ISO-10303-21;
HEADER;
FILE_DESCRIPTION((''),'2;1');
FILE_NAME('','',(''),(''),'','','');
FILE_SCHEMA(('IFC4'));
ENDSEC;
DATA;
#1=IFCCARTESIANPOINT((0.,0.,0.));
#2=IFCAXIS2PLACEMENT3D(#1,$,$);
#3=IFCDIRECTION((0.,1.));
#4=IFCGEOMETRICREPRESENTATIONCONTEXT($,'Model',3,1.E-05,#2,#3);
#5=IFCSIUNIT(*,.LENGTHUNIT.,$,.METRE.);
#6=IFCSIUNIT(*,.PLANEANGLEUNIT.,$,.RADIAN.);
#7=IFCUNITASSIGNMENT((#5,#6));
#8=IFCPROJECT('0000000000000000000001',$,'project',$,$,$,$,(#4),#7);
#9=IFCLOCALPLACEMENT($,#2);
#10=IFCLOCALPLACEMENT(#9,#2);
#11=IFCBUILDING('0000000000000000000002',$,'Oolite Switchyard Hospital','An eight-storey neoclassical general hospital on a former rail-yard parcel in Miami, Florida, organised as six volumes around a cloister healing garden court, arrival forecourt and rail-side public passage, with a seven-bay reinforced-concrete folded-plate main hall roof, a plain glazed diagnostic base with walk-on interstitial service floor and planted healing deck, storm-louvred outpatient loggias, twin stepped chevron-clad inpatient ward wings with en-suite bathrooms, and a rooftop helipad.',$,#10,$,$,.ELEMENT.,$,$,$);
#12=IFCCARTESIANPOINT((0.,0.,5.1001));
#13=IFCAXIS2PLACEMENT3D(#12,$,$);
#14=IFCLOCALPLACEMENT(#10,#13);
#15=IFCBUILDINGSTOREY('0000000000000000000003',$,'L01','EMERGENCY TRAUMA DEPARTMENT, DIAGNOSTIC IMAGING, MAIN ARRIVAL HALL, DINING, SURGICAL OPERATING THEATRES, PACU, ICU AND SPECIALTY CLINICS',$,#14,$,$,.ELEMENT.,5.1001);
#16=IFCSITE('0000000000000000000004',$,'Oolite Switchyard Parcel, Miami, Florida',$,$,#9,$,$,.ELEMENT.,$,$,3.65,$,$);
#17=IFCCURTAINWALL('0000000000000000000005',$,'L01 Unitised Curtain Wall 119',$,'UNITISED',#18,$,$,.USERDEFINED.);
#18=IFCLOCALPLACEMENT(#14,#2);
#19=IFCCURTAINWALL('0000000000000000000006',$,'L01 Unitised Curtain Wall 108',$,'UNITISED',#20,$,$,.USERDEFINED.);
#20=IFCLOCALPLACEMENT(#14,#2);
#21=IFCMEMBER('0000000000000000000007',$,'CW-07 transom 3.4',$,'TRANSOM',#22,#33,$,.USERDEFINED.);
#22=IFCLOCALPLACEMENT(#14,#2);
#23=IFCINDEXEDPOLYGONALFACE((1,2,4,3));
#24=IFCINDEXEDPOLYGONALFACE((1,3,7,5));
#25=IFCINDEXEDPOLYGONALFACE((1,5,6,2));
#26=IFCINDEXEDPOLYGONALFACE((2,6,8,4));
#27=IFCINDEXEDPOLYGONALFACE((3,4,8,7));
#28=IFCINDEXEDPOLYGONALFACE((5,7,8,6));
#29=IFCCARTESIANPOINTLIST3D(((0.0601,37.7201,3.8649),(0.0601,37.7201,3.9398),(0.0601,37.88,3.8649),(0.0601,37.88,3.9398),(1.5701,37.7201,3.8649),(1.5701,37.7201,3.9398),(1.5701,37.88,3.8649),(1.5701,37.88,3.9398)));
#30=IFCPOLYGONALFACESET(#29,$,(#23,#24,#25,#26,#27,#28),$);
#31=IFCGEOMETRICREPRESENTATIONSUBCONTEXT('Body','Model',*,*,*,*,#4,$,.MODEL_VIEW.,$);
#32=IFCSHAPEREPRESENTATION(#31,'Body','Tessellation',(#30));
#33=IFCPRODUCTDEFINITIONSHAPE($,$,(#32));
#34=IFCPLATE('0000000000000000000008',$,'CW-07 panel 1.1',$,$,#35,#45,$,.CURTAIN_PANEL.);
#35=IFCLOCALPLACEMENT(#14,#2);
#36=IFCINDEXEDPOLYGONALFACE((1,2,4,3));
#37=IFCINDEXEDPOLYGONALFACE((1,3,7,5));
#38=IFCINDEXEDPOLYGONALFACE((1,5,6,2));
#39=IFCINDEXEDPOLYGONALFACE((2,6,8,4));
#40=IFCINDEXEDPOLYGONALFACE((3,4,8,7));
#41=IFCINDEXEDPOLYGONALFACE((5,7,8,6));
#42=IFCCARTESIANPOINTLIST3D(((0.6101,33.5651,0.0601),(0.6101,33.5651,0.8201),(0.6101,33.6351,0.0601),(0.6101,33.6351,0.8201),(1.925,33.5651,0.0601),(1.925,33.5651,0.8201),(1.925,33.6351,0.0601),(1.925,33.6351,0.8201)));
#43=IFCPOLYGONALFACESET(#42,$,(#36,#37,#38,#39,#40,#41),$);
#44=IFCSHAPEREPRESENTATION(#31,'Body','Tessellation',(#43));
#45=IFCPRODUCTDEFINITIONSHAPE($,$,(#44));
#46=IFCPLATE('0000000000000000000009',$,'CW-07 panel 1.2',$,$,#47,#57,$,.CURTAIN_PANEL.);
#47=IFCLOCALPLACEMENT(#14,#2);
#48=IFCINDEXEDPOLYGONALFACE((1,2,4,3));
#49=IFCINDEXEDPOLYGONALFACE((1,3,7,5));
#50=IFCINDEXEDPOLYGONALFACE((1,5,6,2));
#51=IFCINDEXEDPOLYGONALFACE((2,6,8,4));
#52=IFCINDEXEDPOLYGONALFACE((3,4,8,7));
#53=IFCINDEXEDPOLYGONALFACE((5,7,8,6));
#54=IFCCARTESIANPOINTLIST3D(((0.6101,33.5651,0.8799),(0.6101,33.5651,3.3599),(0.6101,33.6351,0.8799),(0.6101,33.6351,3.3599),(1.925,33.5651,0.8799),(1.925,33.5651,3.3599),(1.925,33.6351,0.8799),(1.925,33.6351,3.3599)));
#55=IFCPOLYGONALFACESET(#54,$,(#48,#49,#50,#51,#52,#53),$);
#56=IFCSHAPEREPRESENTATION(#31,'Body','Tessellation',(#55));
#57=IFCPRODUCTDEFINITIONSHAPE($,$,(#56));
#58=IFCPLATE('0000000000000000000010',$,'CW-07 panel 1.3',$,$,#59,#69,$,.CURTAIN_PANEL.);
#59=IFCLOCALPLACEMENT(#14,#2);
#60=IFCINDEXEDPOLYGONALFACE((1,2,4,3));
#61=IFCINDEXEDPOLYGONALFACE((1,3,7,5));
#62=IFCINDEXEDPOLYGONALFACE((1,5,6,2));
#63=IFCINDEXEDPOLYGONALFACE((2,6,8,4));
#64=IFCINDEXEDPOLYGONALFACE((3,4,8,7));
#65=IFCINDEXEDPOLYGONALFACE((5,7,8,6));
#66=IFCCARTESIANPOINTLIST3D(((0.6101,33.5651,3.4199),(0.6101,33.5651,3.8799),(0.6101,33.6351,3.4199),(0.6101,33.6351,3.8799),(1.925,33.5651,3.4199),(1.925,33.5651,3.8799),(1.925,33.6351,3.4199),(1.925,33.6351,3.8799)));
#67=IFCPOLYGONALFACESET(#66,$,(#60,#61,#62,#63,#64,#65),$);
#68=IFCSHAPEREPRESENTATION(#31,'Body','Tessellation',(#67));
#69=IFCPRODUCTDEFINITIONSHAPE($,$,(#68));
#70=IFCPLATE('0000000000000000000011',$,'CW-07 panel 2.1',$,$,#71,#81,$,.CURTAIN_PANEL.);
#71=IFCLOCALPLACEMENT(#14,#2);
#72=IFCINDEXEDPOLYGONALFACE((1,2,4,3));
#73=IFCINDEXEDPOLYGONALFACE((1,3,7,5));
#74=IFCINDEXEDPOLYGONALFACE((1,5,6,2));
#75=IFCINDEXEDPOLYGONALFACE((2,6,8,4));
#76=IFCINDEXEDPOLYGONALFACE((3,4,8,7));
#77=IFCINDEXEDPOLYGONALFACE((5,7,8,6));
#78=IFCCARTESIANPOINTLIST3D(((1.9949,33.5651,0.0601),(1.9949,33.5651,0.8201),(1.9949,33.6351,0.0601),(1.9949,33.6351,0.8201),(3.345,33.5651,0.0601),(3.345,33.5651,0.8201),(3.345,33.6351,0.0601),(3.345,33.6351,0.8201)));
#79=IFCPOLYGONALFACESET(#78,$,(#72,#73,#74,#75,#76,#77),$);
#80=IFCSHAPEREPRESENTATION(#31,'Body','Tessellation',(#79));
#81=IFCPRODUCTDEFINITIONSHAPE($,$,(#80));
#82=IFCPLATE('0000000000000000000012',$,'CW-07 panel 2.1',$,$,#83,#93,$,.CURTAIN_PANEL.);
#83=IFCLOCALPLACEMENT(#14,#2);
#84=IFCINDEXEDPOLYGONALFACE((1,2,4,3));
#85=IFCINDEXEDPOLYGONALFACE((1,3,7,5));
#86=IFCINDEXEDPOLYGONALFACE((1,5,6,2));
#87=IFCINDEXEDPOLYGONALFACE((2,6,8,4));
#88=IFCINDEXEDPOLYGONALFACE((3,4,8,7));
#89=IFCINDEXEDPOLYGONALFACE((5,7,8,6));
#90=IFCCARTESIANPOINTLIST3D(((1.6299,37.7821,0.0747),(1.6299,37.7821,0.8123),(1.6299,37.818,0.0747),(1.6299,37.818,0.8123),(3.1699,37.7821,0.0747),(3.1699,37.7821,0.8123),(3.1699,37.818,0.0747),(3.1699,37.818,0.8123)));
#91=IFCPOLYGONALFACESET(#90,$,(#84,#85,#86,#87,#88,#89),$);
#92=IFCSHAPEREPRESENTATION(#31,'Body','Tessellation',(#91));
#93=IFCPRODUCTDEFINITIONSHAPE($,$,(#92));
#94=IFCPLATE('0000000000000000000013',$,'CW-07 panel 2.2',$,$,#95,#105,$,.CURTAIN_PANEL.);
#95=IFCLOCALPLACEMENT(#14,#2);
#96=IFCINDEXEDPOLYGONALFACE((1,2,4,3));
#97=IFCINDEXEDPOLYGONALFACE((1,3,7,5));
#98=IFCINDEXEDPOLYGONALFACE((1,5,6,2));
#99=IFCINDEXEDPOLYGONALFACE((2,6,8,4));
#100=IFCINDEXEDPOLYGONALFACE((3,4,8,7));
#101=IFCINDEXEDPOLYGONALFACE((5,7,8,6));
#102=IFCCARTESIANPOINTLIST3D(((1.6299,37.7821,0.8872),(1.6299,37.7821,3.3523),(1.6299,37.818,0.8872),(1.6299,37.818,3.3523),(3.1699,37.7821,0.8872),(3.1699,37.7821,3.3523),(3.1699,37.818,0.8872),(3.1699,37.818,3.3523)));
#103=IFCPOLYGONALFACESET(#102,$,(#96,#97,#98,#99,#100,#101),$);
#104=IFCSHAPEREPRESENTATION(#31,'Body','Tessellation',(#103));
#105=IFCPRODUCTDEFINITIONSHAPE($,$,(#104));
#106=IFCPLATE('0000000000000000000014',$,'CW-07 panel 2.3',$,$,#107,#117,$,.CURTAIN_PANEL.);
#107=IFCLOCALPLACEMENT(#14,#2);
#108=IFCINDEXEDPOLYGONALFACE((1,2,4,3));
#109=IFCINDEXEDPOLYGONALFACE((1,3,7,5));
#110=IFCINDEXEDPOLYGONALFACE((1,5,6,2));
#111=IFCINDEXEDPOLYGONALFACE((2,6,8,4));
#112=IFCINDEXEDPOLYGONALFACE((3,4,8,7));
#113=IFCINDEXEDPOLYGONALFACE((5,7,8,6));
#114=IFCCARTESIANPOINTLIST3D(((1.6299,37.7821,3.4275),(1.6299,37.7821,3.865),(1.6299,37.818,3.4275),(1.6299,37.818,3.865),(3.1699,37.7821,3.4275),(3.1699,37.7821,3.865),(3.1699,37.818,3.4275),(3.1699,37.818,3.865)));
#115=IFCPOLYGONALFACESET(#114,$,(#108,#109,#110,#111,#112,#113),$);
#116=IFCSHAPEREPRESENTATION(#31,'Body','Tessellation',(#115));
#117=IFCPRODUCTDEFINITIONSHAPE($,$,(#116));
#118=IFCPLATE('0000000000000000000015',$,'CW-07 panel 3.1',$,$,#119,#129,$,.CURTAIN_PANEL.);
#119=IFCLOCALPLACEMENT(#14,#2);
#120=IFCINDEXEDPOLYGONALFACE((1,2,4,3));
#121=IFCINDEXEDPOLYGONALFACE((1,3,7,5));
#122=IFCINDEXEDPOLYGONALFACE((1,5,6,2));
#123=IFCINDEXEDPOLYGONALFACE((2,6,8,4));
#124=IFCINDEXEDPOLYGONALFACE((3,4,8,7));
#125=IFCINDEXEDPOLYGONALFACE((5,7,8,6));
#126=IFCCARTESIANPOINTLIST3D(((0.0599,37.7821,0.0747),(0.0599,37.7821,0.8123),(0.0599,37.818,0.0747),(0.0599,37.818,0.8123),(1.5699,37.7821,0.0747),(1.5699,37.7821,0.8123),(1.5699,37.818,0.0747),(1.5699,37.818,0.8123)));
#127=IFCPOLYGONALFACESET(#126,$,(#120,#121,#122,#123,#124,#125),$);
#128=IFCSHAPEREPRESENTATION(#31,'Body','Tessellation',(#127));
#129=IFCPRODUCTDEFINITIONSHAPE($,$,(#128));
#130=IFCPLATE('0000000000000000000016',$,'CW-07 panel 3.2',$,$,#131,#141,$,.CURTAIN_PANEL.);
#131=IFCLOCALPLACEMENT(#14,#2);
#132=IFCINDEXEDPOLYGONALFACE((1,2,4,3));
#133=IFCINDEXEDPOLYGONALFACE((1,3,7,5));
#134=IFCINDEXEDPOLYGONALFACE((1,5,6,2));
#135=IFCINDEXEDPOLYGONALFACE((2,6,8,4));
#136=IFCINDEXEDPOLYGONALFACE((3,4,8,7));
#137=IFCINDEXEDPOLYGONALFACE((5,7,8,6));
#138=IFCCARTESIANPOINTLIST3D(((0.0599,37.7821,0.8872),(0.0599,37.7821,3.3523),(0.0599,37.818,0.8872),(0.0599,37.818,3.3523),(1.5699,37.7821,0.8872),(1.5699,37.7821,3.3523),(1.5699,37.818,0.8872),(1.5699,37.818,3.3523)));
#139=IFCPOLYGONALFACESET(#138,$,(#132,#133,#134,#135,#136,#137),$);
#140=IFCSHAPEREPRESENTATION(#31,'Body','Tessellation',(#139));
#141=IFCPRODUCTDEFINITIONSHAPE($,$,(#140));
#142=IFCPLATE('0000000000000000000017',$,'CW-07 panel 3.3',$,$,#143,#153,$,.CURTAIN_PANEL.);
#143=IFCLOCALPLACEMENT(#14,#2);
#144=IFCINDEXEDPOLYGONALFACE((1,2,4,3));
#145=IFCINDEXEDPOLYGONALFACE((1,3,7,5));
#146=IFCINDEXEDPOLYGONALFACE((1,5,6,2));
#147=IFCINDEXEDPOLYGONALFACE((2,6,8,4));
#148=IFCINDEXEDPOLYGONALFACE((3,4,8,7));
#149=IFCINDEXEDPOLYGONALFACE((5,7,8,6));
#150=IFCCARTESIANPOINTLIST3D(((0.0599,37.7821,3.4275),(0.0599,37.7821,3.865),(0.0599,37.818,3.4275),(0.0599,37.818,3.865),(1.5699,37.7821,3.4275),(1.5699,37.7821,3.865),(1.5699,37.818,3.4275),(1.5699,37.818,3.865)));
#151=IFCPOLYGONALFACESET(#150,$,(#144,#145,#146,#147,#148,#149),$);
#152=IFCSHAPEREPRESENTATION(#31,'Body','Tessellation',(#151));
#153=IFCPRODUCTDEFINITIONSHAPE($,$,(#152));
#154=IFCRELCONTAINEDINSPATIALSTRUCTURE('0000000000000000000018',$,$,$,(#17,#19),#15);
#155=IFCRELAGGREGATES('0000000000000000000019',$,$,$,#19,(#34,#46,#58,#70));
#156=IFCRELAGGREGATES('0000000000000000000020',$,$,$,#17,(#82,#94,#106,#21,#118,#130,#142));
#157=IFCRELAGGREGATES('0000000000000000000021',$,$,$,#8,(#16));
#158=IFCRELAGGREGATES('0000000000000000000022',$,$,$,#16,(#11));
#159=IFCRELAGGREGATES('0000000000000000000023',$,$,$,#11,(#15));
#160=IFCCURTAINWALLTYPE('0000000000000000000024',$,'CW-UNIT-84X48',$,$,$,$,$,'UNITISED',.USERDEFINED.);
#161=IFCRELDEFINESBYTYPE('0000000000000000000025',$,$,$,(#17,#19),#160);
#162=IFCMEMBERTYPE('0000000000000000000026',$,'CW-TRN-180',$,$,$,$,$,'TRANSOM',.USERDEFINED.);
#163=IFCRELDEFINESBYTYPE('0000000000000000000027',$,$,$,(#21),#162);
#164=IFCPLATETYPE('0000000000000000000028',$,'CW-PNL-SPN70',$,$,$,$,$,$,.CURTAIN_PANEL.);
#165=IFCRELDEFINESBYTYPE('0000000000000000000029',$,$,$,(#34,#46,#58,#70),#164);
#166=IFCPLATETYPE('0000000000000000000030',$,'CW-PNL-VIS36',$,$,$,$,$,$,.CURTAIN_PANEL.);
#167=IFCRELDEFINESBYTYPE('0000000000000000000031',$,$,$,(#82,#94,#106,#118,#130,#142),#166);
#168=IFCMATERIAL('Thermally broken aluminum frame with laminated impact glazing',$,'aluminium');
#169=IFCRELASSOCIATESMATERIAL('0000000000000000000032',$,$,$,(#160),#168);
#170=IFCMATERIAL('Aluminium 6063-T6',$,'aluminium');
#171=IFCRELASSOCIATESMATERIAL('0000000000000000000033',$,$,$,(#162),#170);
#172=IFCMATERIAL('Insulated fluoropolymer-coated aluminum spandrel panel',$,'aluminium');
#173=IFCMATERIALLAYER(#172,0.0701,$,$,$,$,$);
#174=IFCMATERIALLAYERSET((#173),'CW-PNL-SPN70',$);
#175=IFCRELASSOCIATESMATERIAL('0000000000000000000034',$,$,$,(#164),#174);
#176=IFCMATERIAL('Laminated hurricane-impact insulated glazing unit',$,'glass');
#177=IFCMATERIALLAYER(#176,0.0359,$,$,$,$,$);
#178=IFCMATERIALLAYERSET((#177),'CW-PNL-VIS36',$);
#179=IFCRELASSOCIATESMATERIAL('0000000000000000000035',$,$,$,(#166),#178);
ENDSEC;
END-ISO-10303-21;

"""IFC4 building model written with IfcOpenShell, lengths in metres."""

from ifc_helpers import new_model, si_unit, direction, frame, origin, origin_2d, place, context, subcontext, project, spatial, rectangle, extrude, material, layer, layer_set, material_profile, profile_set, type_object, element, aggregate, save


model = new_model("IFC4")

# Units and contexts
model_context = context("Model", 3, precision=1e-05, world=origin(), true_north=direction((0.0, 1.0)))
body_context = subcontext(model_context, "Body", "Model", "MODEL_VIEW")
ifc_project = project(units=[si_unit("LENGTHUNIT", "METRE"), si_unit("PLANEANGLEUNIT", "RADIAN")], contexts=[model_context])

# Site, building, storey
site_placement = place(None, origin())
site = spatial("IfcSite", under=ifc_project, at=site_placement, Name="Oolite Switchyard Parcel, Miami, Florida", CompositionType="ELEMENT", RefElevation=3.65)
building_placement = place(site_placement, origin())
building = spatial("IfcBuilding", under=site, at=building_placement, Name="Oolite Switchyard Hospital", Description="An eight-storey neoclassical general hospital on a former rail-yard parcel in Miami, Florida, organised as six volumes around a cloister healing garden court, arrival forecourt and rail-side public passage, with a seven-bay reinforced-concrete folded-plate main hall roof, a plain glazed diagnostic base with walk-on interstitial service floor and planted healing deck, storm-louvred outpatient loggias, twin stepped chevron-clad inpatient ward wings with en-suite bathrooms, and a rooftop helipad.", CompositionType="ELEMENT")
storey_placement = place(building_placement, frame((0.0, 0.0, 5.1001)))
storey = spatial("IfcBuildingStorey", under=building, at=storey_placement, Name="L01", Description="EMERGENCY TRAUMA DEPARTMENT, DIAGNOSTIC IMAGING, MAIN ARRIVAL HALL, DINING, SURGICAL OPERATING THEATRES, PACU, ICU AND SPECIALTY CLINICS", CompositionType="ELEMENT", Elevation=5.1001)

# Curtain walls
ifc_material_1 = material(Name="Thermally broken aluminum frame with laminated impact glazing", Category="aluminium")
curtain_wall_type = type_object("IfcCurtainWallType", Name="CW-UNIT-84X48", ElementType="UNITISED", PredefinedType="USERDEFINED", material=ifc_material_1)
curtain_wall_1_placement = place(storey_placement, origin())
curtain_wall_1 = element("IfcCurtainWall", 1, at=curtain_wall_1_placement, inside=storey, type_object=curtain_wall_type, Name="L01 Unitised Curtain Wall 119", ObjectType="UNITISED", PredefinedType="USERDEFINED")
ifc_material_2 = material(Name="Aluminium 6063-T6", Category="aluminium")
curtain_wall_2_placement = place(storey_placement, origin())
curtain_wall_2 = element("IfcCurtainWall", 2, at=curtain_wall_2_placement, inside=storey, type_object=curtain_wall_type, Name="L01 Unitised Curtain Wall 108", ObjectType="UNITISED", PredefinedType="USERDEFINED")

# Member
ifc_material_profile_1 = material_profile(ifc_material_2, rectangle(XDim=0.1599, YDim=0.075, at=origin_2d()), Name="CWT75X160")
ifc_profile_set_1 = profile_set([ifc_material_profile_1], Name="Aluminium 6063-T6")
member_type_1 = type_object("IfcMemberType", Name="CW-TRN-180", ElementType="TRANSOM", PredefinedType="USERDEFINED", material=ifc_profile_set_1)
member_1_placement = place(storey_placement, frame((1.5701, 37.8, 3.9023), z_axis=(-1.0, 0.0, 0.0), x_axis=(0.0, -1.0, 0.0)))
member_1 = element("IfcMember", 3, at=member_1_placement, type_object=member_type_1, Name="CW-07 transom 3.4", ObjectType="TRANSOM", PredefinedType="USERDEFINED", context=body_context, shape_type="SweptSolid", body=[
    extrude(rectangle(XDim=0.1599, YDim=0.075, at=origin_2d()), origin(), (0.0, 0.0, 1.0), 1.51),
])

# Plates
ifc_material_3 = material(Name="Insulated fluoropolymer-coated aluminum spandrel panel", Category="aluminium")
ifc_layer_1 = layer(ifc_material_3, 0.0701)
ifc_layer_set_1 = layer_set([ifc_layer_1], Name="CW-PNL-SPN70")
plate_type_1 = type_object("IfcPlateType", Name="CW-PNL-SPN70", PredefinedType="CURTAIN_PANEL", material=ifc_layer_set_1)
plate_1_placement = place(storey_placement, frame((1.2676, 33.6001, 0.0601), z_axis=(0.0, 0.0, 1.0), x_axis=(1.0, 0.0, 0.0)))
plate_1 = element("IfcPlate", 4, at=plate_1_placement, type_object=plate_type_1, Name="CW-07 panel 1.1", PredefinedType="CURTAIN_PANEL", context=body_context, shape_type="SweptSolid", body=[
    extrude(rectangle(XDim=1.3149, YDim=0.0701, at=origin_2d()), origin(), (0.0, 0.0, 1.0), 0.76),
])
plate_2_placement = place(storey_placement, frame((1.2676, 33.6001, 0.8799), z_axis=(0.0, 0.0, 1.0), x_axis=(1.0, 0.0, 0.0)))
plate_2 = element("IfcPlate", 5, at=plate_2_placement, type_object=plate_type_1, Name="CW-07 panel 1.2", PredefinedType="CURTAIN_PANEL", context=body_context, shape_type="SweptSolid", body=[
    extrude(rectangle(XDim=1.3149, YDim=0.0701, at=origin_2d()), origin(), (0.0, 0.0, 1.0), 2.48),
])
plate_3_placement = place(storey_placement, frame((1.2676, 33.6001, 3.4199), z_axis=(0.0, 0.0, 1.0), x_axis=(1.0, 0.0, 0.0)))
plate_3 = element("IfcPlate", 6, at=plate_3_placement, type_object=plate_type_1, Name="CW-07 panel 1.3", PredefinedType="CURTAIN_PANEL", context=body_context, shape_type="SweptSolid", body=[
    extrude(rectangle(XDim=1.3149, YDim=0.0701, at=origin_2d()), origin(), (0.0, 0.0, 1.0), 0.46),
])
plate_4_placement = place(storey_placement, frame((2.6699, 33.6001, 0.0601), z_axis=(0.0, 0.0, 1.0), x_axis=(1.0, 0.0, 0.0)))
plate_4 = element("IfcPlate", 7, at=plate_4_placement, type_object=plate_type_1, Name="CW-07 panel 2.1", PredefinedType="CURTAIN_PANEL", context=body_context, shape_type="SweptSolid", body=[
    extrude(rectangle(XDim=1.3501, YDim=0.0701, at=origin_2d()), origin(), (0.0, 0.0, 1.0), 0.76),
])
aggregate(curtain_wall_2, [plate_1, plate_2, plate_3, plate_4])
ifc_material_4 = material(Name="Laminated hurricane-impact insulated glazing unit", Category="glass")
ifc_layer_2 = layer(ifc_material_4, 0.0359)
ifc_layer_set_2 = layer_set([ifc_layer_2], Name="CW-PNL-VIS36")
plate_type_2 = type_object("IfcPlateType", Name="CW-PNL-VIS36", PredefinedType="CURTAIN_PANEL", material=ifc_layer_set_2)
plate_5_placement = place(storey_placement, frame((2.3999, 37.8, 0.0747), z_axis=(0.0, 0.0, 1.0), x_axis=(-1.0, 0.0, 0.0)))
plate_5 = element("IfcPlate", 8, at=plate_5_placement, type_object=plate_type_2, Name="CW-07 panel 2.1", PredefinedType="CURTAIN_PANEL", context=body_context, shape_type="SweptSolid", body=[
    extrude(rectangle(XDim=1.54, YDim=0.0359, at=origin_2d()), origin(), (0.0, 0.0, 1.0), 0.7375),
])
plate_6_placement = place(storey_placement, frame((2.3999, 37.8, 0.8872), z_axis=(0.0, 0.0, 1.0), x_axis=(-1.0, 0.0, 0.0)))
plate_6 = element("IfcPlate", 9, at=plate_6_placement, type_object=plate_type_2, Name="CW-07 panel 2.2", PredefinedType="CURTAIN_PANEL", context=body_context, shape_type="SweptSolid", body=[
    extrude(rectangle(XDim=1.54, YDim=0.0359, at=origin_2d()), origin(), (0.0, 0.0, 1.0), 2.4651),
])
plate_7_placement = place(storey_placement, frame((2.3999, 37.8, 3.4275), z_axis=(0.0, 0.0, 1.0), x_axis=(-1.0, 0.0, 0.0)))
plate_7 = element("IfcPlate", 10, at=plate_7_placement, type_object=plate_type_2, Name="CW-07 panel 2.3", PredefinedType="CURTAIN_PANEL", context=body_context, shape_type="SweptSolid", body=[
    extrude(rectangle(XDim=1.54, YDim=0.0359, at=origin_2d()), origin(), (0.0, 0.0, 1.0), 0.4375),
])
plate_8_placement = place(storey_placement, frame((0.8149, 37.8, 0.0747), z_axis=(0.0, 0.0, 1.0), x_axis=(-1.0, 0.0, 0.0)))
plate_8 = element("IfcPlate", 11, at=plate_8_placement, type_object=plate_type_2, Name="CW-07 panel 3.1", PredefinedType="CURTAIN_PANEL", context=body_context, shape_type="SweptSolid", body=[
    extrude(rectangle(XDim=1.51, YDim=0.0359, at=origin_2d()), origin(), (0.0, 0.0, 1.0), 0.7375),
])
plate_9_placement = place(storey_placement, frame((0.8149, 37.8, 0.8872), z_axis=(0.0, 0.0, 1.0), x_axis=(-1.0, 0.0, 0.0)))
plate_9 = element("IfcPlate", 12, at=plate_9_placement, type_object=plate_type_2, Name="CW-07 panel 3.2", PredefinedType="CURTAIN_PANEL", context=body_context, shape_type="SweptSolid", body=[
    extrude(rectangle(XDim=1.51, YDim=0.0359, at=origin_2d()), origin(), (0.0, 0.0, 1.0), 2.4651),
])
plate_10_placement = place(storey_placement, frame((0.8149, 37.8, 3.4275), z_axis=(0.0, 0.0, 1.0), x_axis=(-1.0, 0.0, 0.0)))
plate_10 = element("IfcPlate", 13, at=plate_10_placement, type_object=plate_type_2, Name="CW-07 panel 3.3", PredefinedType="CURTAIN_PANEL", context=body_context, shape_type="SweptSolid", body=[
    extrude(rectangle(XDim=1.51, YDim=0.0359, at=origin_2d()), origin(), (0.0, 0.0, 1.0), 0.4375),
])
aggregate(curtain_wall_1, [plate_5, plate_6, plate_7, member_1, plate_8, plate_9, plate_10])

save(model, "model.ifc")
